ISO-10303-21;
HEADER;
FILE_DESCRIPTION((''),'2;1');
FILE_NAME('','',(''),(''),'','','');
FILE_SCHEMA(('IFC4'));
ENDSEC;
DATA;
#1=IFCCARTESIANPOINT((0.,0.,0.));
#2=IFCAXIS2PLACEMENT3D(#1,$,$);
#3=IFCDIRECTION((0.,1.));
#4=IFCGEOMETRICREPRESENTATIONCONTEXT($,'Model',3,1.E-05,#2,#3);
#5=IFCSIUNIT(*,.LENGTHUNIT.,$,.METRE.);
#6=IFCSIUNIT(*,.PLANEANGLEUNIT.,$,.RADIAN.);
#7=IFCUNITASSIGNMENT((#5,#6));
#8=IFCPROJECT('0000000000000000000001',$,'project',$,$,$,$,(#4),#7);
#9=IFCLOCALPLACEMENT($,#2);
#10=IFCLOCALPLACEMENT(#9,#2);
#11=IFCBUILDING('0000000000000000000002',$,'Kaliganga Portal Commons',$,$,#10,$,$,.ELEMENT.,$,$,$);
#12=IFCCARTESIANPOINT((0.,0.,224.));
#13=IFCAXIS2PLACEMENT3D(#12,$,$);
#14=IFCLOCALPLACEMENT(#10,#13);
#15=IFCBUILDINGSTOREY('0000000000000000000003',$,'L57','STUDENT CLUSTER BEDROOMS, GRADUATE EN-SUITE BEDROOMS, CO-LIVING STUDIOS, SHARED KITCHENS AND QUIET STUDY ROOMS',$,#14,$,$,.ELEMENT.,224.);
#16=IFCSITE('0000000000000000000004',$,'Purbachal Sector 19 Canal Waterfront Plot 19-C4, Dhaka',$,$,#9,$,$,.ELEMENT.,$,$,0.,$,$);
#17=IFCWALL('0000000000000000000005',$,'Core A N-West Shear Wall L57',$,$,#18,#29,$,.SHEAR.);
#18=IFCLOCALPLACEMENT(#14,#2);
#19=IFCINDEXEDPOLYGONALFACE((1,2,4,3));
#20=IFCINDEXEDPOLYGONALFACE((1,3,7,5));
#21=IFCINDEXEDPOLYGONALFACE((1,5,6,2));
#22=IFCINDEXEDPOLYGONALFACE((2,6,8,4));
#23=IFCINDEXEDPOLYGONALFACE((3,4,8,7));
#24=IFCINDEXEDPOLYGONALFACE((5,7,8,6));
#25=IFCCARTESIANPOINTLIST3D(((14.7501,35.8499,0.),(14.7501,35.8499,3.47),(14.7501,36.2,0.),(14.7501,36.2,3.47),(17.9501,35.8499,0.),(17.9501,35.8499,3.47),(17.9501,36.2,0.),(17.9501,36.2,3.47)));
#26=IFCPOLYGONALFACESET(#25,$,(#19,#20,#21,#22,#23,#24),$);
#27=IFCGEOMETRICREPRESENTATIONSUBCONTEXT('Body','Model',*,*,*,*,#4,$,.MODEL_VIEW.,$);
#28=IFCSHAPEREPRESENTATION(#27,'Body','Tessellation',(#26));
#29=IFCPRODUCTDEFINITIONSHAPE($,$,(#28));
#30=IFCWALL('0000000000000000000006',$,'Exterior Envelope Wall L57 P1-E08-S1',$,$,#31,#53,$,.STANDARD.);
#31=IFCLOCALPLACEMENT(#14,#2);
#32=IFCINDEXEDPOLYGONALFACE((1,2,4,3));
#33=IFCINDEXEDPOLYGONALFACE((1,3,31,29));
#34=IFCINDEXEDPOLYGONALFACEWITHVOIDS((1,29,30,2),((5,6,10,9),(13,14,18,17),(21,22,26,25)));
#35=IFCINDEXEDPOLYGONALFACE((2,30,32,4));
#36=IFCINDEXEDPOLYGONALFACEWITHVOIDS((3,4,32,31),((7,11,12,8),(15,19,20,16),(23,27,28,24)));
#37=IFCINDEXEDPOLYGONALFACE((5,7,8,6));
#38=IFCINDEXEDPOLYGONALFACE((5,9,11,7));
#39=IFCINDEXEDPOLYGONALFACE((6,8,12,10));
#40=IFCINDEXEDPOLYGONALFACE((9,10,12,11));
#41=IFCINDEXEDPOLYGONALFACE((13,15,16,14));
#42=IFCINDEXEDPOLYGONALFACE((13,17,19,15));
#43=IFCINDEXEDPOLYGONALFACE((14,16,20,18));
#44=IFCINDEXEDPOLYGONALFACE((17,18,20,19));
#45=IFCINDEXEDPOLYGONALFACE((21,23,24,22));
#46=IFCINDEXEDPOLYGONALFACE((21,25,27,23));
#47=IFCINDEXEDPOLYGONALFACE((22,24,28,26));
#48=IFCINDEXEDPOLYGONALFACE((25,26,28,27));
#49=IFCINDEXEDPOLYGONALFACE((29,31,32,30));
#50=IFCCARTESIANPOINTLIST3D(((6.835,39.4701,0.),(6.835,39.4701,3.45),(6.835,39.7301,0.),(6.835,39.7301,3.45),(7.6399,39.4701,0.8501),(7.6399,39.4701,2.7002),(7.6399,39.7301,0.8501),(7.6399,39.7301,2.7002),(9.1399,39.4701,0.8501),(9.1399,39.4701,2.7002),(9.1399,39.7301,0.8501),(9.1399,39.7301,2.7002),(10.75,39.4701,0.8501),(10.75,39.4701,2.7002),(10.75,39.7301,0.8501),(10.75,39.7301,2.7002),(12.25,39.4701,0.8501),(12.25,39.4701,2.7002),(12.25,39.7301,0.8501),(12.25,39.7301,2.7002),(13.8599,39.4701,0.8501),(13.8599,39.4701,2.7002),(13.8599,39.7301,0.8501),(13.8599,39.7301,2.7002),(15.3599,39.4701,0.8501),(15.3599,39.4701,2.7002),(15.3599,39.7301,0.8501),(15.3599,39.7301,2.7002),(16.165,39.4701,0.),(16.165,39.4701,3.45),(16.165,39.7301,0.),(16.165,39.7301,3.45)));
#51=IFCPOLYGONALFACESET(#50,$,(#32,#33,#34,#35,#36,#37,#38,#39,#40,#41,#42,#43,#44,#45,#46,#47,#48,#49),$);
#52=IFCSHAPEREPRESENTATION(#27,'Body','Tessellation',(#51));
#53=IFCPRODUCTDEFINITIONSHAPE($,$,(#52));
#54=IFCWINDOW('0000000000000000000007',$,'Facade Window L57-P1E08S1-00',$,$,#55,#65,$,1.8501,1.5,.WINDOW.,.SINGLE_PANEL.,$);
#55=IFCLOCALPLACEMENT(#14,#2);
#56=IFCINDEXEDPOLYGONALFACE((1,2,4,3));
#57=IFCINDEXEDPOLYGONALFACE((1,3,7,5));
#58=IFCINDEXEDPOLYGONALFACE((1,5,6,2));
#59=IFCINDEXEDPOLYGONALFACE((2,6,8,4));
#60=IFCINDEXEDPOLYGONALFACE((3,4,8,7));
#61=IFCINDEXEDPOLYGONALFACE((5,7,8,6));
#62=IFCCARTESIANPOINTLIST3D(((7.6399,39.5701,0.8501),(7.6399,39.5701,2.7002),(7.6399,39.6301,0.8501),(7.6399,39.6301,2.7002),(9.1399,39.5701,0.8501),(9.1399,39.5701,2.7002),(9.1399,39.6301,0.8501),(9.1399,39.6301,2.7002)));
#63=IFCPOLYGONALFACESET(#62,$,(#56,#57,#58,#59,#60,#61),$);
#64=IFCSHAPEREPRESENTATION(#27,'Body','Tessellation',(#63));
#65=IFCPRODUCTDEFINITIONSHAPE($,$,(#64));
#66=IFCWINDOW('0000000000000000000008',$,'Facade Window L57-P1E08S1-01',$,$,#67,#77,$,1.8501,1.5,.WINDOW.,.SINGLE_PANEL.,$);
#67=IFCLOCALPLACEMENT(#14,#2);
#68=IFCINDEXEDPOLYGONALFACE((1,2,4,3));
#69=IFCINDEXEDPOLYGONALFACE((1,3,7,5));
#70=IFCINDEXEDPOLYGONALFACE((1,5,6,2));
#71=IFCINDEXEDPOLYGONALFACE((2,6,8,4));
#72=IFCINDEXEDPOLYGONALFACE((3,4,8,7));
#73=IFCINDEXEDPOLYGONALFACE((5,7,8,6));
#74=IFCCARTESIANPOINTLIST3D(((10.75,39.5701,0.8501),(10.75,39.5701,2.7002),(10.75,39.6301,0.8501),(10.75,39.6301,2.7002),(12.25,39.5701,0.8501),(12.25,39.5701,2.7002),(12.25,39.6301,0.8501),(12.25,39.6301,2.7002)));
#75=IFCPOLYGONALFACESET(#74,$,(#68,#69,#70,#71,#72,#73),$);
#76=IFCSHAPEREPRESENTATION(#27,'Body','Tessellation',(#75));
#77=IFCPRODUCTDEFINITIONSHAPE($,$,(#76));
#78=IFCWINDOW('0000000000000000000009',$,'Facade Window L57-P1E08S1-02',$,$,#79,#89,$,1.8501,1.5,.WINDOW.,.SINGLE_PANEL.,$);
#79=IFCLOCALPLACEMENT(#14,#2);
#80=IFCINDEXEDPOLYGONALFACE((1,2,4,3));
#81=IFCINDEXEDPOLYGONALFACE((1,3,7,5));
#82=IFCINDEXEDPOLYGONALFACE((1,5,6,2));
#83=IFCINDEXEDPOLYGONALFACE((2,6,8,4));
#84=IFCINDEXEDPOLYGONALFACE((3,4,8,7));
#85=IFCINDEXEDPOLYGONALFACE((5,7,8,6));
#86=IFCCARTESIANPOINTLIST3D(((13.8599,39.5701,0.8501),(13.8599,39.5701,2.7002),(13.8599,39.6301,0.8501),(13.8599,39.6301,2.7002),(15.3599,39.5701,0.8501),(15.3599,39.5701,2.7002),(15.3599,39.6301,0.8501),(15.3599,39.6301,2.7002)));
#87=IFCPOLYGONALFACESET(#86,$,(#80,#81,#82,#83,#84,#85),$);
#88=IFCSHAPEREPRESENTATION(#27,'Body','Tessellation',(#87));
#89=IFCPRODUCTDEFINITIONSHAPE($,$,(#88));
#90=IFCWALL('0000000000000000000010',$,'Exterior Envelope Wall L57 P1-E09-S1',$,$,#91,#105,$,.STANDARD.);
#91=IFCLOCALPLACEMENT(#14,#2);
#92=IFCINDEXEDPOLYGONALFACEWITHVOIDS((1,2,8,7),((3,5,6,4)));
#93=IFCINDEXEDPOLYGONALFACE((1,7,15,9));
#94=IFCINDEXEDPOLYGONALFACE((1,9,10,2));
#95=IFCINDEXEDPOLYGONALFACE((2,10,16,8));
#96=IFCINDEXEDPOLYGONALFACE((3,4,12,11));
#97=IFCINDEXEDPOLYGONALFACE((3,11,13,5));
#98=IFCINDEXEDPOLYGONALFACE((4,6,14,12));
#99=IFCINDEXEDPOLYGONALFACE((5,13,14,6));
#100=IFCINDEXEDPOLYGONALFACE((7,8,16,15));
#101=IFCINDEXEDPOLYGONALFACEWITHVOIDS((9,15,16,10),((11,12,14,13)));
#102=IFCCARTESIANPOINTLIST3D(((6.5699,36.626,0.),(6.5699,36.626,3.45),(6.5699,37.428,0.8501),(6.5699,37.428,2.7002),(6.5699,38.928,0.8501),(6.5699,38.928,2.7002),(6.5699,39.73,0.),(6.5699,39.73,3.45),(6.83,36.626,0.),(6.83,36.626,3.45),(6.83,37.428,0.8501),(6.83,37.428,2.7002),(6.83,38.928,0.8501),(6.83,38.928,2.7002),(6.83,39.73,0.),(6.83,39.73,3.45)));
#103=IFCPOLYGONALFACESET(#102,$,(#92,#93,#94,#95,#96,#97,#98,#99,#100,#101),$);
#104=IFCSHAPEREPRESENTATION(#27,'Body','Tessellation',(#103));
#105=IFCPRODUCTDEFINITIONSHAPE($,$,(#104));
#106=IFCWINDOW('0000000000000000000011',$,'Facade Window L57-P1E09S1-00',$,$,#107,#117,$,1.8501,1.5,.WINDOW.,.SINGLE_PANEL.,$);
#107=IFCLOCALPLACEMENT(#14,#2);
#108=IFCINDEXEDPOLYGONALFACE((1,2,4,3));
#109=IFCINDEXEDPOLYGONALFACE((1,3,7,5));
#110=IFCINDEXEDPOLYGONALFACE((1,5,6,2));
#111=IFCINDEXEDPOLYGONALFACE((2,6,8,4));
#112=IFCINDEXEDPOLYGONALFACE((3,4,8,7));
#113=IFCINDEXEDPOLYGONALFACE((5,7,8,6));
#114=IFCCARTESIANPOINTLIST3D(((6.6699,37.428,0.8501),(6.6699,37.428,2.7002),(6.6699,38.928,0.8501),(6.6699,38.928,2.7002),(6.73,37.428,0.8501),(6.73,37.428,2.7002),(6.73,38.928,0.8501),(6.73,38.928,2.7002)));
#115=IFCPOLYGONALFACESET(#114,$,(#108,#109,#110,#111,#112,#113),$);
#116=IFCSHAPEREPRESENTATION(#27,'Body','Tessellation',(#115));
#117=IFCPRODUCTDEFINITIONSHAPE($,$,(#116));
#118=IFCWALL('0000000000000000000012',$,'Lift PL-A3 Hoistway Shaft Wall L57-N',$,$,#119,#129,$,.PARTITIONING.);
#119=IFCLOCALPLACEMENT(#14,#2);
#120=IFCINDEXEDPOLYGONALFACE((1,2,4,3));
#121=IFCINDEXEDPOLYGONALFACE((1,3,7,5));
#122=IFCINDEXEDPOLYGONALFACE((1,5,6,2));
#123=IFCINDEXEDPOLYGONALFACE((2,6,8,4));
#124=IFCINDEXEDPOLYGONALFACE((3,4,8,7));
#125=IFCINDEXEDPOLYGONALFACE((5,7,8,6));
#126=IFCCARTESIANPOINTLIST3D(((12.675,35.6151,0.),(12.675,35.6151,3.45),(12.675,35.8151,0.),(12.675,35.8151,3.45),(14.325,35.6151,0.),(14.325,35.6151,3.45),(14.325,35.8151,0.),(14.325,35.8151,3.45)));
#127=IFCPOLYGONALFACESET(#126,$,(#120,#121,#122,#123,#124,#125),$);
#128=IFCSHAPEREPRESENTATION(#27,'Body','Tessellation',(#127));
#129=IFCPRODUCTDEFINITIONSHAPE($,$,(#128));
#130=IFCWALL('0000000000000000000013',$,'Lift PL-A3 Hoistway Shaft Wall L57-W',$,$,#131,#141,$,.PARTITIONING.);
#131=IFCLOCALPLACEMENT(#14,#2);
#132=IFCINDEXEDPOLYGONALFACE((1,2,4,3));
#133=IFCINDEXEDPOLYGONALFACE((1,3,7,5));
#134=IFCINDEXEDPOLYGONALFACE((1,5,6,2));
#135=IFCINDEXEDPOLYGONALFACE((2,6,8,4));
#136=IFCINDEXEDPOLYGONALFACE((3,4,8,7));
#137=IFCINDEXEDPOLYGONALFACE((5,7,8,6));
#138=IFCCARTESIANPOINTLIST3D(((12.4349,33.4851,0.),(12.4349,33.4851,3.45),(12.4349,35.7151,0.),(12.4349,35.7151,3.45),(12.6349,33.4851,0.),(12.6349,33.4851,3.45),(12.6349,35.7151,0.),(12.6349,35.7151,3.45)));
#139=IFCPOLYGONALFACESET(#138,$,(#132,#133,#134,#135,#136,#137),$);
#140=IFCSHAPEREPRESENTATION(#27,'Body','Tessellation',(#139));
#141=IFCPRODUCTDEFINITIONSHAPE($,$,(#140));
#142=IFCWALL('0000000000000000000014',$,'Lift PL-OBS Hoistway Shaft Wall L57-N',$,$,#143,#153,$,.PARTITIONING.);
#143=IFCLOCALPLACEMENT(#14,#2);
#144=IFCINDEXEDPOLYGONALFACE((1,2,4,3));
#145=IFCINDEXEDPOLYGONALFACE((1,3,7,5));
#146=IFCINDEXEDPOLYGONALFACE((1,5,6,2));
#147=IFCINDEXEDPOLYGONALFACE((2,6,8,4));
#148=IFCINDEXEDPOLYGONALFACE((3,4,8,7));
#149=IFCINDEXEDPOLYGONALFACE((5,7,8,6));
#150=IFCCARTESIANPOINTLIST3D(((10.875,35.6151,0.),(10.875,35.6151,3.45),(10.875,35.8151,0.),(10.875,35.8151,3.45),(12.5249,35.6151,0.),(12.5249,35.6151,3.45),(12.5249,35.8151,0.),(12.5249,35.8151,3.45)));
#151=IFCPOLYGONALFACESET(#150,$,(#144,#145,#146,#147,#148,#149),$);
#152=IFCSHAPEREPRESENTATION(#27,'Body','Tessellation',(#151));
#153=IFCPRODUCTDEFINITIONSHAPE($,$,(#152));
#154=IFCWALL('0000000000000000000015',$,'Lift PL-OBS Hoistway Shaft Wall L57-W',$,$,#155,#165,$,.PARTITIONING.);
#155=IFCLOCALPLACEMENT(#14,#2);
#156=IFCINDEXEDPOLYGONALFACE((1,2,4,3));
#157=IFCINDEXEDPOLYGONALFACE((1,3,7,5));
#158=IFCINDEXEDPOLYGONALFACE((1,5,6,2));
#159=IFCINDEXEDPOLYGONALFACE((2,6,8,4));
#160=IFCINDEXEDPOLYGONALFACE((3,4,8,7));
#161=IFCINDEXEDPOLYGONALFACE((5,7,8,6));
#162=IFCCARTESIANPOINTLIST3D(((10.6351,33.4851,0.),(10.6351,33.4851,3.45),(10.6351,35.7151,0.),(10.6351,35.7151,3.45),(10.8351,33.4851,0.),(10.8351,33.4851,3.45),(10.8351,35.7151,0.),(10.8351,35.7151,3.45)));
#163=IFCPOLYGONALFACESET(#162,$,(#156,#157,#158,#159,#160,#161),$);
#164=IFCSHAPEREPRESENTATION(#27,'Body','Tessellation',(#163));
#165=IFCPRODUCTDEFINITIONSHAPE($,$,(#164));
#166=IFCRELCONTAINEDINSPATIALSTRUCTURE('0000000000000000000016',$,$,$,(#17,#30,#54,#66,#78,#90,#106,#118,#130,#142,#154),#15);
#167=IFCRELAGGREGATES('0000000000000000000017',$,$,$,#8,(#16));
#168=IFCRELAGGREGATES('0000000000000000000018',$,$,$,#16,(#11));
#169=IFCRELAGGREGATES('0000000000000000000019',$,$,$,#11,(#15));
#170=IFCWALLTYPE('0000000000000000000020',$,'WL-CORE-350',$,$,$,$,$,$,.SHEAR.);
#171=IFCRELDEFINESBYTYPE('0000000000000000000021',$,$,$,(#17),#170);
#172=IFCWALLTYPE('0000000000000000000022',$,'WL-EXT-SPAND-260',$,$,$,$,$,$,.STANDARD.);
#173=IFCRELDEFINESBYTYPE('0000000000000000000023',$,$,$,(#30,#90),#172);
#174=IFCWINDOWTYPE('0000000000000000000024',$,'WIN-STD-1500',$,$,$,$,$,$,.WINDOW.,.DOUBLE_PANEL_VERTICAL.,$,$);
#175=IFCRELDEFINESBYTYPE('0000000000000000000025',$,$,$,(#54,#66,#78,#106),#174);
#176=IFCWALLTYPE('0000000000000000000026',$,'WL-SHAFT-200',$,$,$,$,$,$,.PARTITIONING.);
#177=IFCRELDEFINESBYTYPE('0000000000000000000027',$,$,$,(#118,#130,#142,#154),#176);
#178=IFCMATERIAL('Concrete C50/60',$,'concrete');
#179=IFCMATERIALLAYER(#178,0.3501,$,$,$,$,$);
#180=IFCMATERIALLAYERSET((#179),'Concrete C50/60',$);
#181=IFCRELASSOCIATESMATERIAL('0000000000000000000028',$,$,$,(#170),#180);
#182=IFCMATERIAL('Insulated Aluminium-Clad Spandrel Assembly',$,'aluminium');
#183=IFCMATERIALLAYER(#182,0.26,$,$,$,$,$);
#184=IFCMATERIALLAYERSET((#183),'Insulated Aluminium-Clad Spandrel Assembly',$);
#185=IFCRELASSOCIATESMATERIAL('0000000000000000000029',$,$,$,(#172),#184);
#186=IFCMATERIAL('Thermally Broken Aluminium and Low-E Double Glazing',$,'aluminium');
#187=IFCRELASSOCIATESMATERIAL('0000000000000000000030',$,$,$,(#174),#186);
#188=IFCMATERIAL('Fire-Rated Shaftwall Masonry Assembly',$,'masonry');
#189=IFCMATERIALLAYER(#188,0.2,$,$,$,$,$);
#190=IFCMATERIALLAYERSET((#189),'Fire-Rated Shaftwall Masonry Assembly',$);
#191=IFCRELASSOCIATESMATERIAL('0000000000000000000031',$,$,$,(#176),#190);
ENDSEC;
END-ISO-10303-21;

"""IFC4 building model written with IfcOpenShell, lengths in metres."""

from ifc_helpers import new_model, si_unit, direction, frame, frame_2d, origin, place, context, subcontext, project, spatial, rectangle, extrude, material, layer, layer_set, type_object, element, fill, save


model = new_model("IFC4")

# Units and contexts
model_context = context("Model", 3, precision=1e-05, world=origin(), true_north=direction((0.0, 1.0)))
body_context = subcontext(model_context, "Body", "Model", "MODEL_VIEW")
ifc_project = project(units=[si_unit("LENGTHUNIT", "METRE"), si_unit("PLANEANGLEUNIT", "RADIAN")], contexts=[model_context])

# Site, building, storey
site_placement = place(None, origin())
site = spatial("IfcSite", under=ifc_project, at=site_placement, Name="Purbachal Sector 19 Canal Waterfront Plot 19-C4, Dhaka", CompositionType="ELEMENT", RefElevation=0.0)
building_placement = place(site_placement, origin())
building = spatial("IfcBuilding", under=site, at=building_placement, Name="Kaliganga Portal Commons", CompositionType="ELEMENT")
storey_placement = place(building_placement, frame((0.0, 0.0, 224.0)))
storey = spatial("IfcBuildingStorey", under=building, at=storey_placement, Name="L57", Description="STUDENT CLUSTER BEDROOMS, GRADUATE EN-SUITE BEDROOMS, CO-LIVING STUDIOS, SHARED KITCHENS AND QUIET STUDY ROOMS", CompositionType="ELEMENT", Elevation=224.0)

# Shared definitions
ifc_material_1 = material(Name="Concrete C50/60", Category="concrete")

# Wall
ifc_layer_1 = layer(ifc_material_1, 0.3501)
ifc_layer_set_1 = layer_set([ifc_layer_1], Name="Concrete C50/60")
wall_type_1 = type_object("IfcWallType", Name="WL-CORE-350", PredefinedType="SHEAR", material=ifc_layer_set_1)
wall_1_placement = place(storey_placement, frame((14.75, 36.0249, 0.0), z_axis=(0.0, 0.0, 1.0), x_axis=(1.0, 0.0, 0.0)))
element("IfcWall", 1, at=wall_1_placement, inside=storey, type_object=wall_type_1, Name="Core A N-West Shear Wall L57", PredefinedType="SHEAR", context=body_context, shape_type="SweptSolid", body=[
    extrude(rectangle(XDim=3.2, YDim=0.3501, at=frame_2d((1.6001, 0.0))), origin(), (0.0, 0.0, 1.0), 3.47),
])

# Wall, openings, windows
ifc_material_2 = material(Name="Insulated Aluminium-Clad Spandrel Assembly", Category="aluminium")
ifc_layer_2 = layer(ifc_material_2, 0.26)
ifc_layer_set_2 = layer_set([ifc_layer_2], Name="Insulated Aluminium-Clad Spandrel Assembly")
wall_type_2 = type_object("IfcWallType", Name="WL-EXT-SPAND-260", PredefinedType="STANDARD", material=ifc_layer_set_2)
wall_2_placement = place(storey_placement, frame((6.835, 39.6001, 0.0), z_axis=(0.0, 0.0, 1.0), x_axis=(1.0, 0.0, 0.0)))
wall_2 = element("IfcWall", 2, at=wall_2_placement, inside=storey, type_object=wall_type_2, Name="Exterior Envelope Wall L57 P1-E08-S1", PredefinedType="STANDARD", context=body_context, shape_type="SweptSolid", body=[
    extrude(rectangle(XDim=9.3301, YDim=0.26, at=frame_2d((4.665, 0.0))), origin(), (0.0, 0.0, 1.0), 3.45),
])
opening_1_placement = place(wall_2_placement, frame((0.8049, 0.0, 0.8501)))
opening_1 = element("IfcOpeningElement", 3, at=opening_1_placement, cuts=wall_2, PredefinedType="OPENING", context=body_context, shape_type="SweptSolid", body=[
    extrude(rectangle(XDim=1.5, YDim=1.8501, at=frame_2d((0.75, 0.925))), frame((0.0, 0.1401, 0.0), z_axis=(0.0, -1.0, 0.0), x_axis=(1.0, 0.0, 0.0)), (0.0, 0.0, 1.0), 0.28),
])
opening_2_placement = place(wall_2_placement, frame((3.915, 0.0, 0.8501)))
opening_2 = element("IfcOpeningElement", 4, at=opening_2_placement, cuts=wall_2, PredefinedType="OPENING", context=body_context, shape_type="SweptSolid", body=[
    extrude(rectangle(XDim=1.5, YDim=1.8501, at=frame_2d((0.75, 0.925))), frame((0.0, 0.1401, 0.0), z_axis=(0.0, -1.0, 0.0), x_axis=(1.0, 0.0, 0.0)), (0.0, 0.0, 1.0), 0.28),
])
opening_3_placement = place(wall_2_placement, frame((7.0249, 0.0, 0.8501)))
opening_3 = element("IfcOpeningElement", 5, at=opening_3_placement, cuts=wall_2, PredefinedType="OPENING", context=body_context, shape_type="SweptSolid", body=[
    extrude(rectangle(XDim=1.5, YDim=1.8501, at=frame_2d((0.75, 0.925))), frame((0.0, 0.1401, 0.0), z_axis=(0.0, -1.0, 0.0), x_axis=(1.0, 0.0, 0.0)), (0.0, 0.0, 1.0), 0.28),
])
ifc_material_3 = material(Name="Thermally Broken Aluminium and Low-E Double Glazing", Category="aluminium")
window_type = type_object("IfcWindowType", Name="WIN-STD-1500", PartitioningType="DOUBLE_PANEL_VERTICAL", PredefinedType="WINDOW", material=ifc_material_3)
window_1_placement = place(opening_1_placement, origin())
window_1 = element("IfcWindow", 6, at=window_1_placement, inside=storey, type_object=window_type, Name="Facade Window L57-P1E08S1-00", OverallHeight=1.8501, OverallWidth=1.5, PartitioningType="SINGLE_PANEL", PredefinedType="WINDOW", context=body_context, shape_type="SweptSolid", body=[
    extrude(rectangle(XDim=1.5, YDim=1.8501, at=frame_2d((0.75, 0.925))), frame((0.0, 0.03, 0.0), z_axis=(0.0, -1.0, 0.0), x_axis=(1.0, 0.0, 0.0)), (0.0, 0.0, 1.0), 0.0601),
])
fill(opening_1, window_1)
window_2_placement = place(opening_2_placement, origin())
window_2 = element("IfcWindow", 7, at=window_2_placement, inside=storey, type_object=window_type, Name="Facade Window L57-P1E08S1-01", OverallHeight=1.8501, OverallWidth=1.5, PartitioningType="SINGLE_PANEL", PredefinedType="WINDOW", context=body_context, shape_type="SweptSolid", body=[
    extrude(rectangle(XDim=1.5, YDim=1.8501, at=frame_2d((0.75, 0.925))), frame((0.0, 0.03, 0.0), z_axis=(0.0, -1.0, 0.0), x_axis=(1.0, 0.0, 0.0)), (0.0, 0.0, 1.0), 0.0601),
])
fill(opening_2, window_2)
window_3_placement = place(opening_3_placement, origin())
window_3 = element("IfcWindow", 8, at=window_3_placement, inside=storey, type_object=window_type, Name="Facade Window L57-P1E08S1-02", OverallHeight=1.8501, OverallWidth=1.5, PartitioningType="SINGLE_PANEL", PredefinedType="WINDOW", context=body_context, shape_type="SweptSolid", body=[
    extrude(rectangle(XDim=1.5, YDim=1.8501, at=frame_2d((0.75, 0.925))), frame((0.0, 0.03, 0.0), z_axis=(0.0, -1.0, 0.0), x_axis=(1.0, 0.0, 0.0)), (0.0, 0.0, 1.0), 0.0601),
])
fill(opening_3, window_3)

# Wall, opening, window
wall_3_placement = place(storey_placement, frame((6.7, 36.626, 0.0), z_axis=(0.0, 0.0, 1.0), x_axis=(0.0, 1.0, 0.0)))
wall_3 = element("IfcWall", 9, at=wall_3_placement, inside=storey, type_object=wall_type_2, Name="Exterior Envelope Wall L57 P1-E09-S1", PredefinedType="STANDARD", context=body_context, shape_type="SweptSolid", body=[
    extrude(rectangle(XDim=3.104, YDim=0.26, at=frame_2d((1.552, 0.0))), origin(), (0.0, 0.0, 1.0), 3.45),
])
opening_4_placement = place(wall_3_placement, frame((0.802, 0.0, 0.8501)))
opening_4 = element("IfcOpeningElement", 10, at=opening_4_placement, cuts=wall_3, PredefinedType="OPENING", context=body_context, shape_type="SweptSolid", body=[
    extrude(rectangle(XDim=1.5, YDim=1.8501, at=frame_2d((0.75, 0.925))), frame((0.0, 0.1401, 0.0), z_axis=(0.0, -1.0, 0.0), x_axis=(1.0, 0.0, 0.0)), (0.0, 0.0, 1.0), 0.28),
])
window_4_placement = place(opening_4_placement, origin())
window_4 = element("IfcWindow", 11, at=window_4_placement, inside=storey, type_object=window_type, Name="Facade Window L57-P1E09S1-00", OverallHeight=1.8501, OverallWidth=1.5, PartitioningType="SINGLE_PANEL", PredefinedType="WINDOW", context=body_context, shape_type="SweptSolid", body=[
    extrude(rectangle(XDim=1.5, YDim=1.8501, at=frame_2d((0.75, 0.925))), frame((0.0, 0.03, 0.0), z_axis=(0.0, -1.0, 0.0), x_axis=(1.0, 0.0, 0.0)), (0.0, 0.0, 1.0), 0.0601),
])
fill(opening_4, window_4)

# Shared definitions
ifc_material_4 = material(Name="Fire-Rated Shaftwall Masonry Assembly", Category="masonry")
ifc_layer_3 = layer(ifc_material_4, 0.2)
ifc_layer_set_3 = layer_set([ifc_layer_3], Name="Fire-Rated Shaftwall Masonry Assembly")
wall_type_3 = type_object("IfcWallType", Name="WL-SHAFT-200", PredefinedType="PARTITIONING", material=ifc_layer_set_3)

# Walls
wall_4_placement = place(storey_placement, frame((12.675, 35.7151, 0.0), z_axis=(0.0, 0.0, 1.0), x_axis=(1.0, 0.0, 0.0)))
element("IfcWall", 12, at=wall_4_placement, inside=storey, type_object=wall_type_3, Name="Lift PL-A3 Hoistway Shaft Wall L57-N", PredefinedType="PARTITIONING", context=body_context, shape_type="SweptSolid", body=[
    extrude(rectangle(XDim=1.6499, YDim=0.2, at=frame_2d((0.825, 0.0))), origin(), (0.0, 0.0, 1.0), 3.45),
])
wall_5_placement = place(storey_placement, frame((12.5349, 33.4851, 0.0), z_axis=(0.0, 0.0, 1.0), x_axis=(0.0, 1.0, 0.0)))
element("IfcWall", 13, at=wall_5_placement, inside=storey, type_object=wall_type_3, Name="Lift PL-A3 Hoistway Shaft Wall L57-W", PredefinedType="PARTITIONING", context=body_context, shape_type="SweptSolid", body=[
    extrude(rectangle(XDim=2.23, YDim=0.2, at=frame_2d((1.115, 0.0))), origin(), (0.0, 0.0, 1.0), 3.45),
])

# Walls
wall_6_placement = place(storey_placement, frame((10.875, 35.7151, 0.0), z_axis=(0.0, 0.0, 1.0), x_axis=(1.0, 0.0, 0.0)))
element("IfcWall", 14, at=wall_6_placement, inside=storey, type_object=wall_type_3, Name="Lift PL-OBS Hoistway Shaft Wall L57-N", PredefinedType="PARTITIONING", context=body_context, shape_type="SweptSolid", body=[
    extrude(rectangle(XDim=1.6499, YDim=0.2, at=frame_2d((0.825, 0.0))), origin(), (0.0, 0.0, 1.0), 3.45),
])
wall_7_placement = place(storey_placement, frame((10.7351, 33.4851, 0.0), z_axis=(0.0, 0.0, 1.0), x_axis=(0.0, 1.0, 0.0)))
element("IfcWall", 15, at=wall_7_placement, inside=storey, type_object=wall_type_3, Name="Lift PL-OBS Hoistway Shaft Wall L57-W", PredefinedType="PARTITIONING", context=body_context, shape_type="SweptSolid", body=[
    extrude(rectangle(XDim=2.23, YDim=0.2, at=frame_2d((1.115, 0.0))), origin(), (0.0, 0.0, 1.0), 3.45),
])

save(model, "model.ifc")
